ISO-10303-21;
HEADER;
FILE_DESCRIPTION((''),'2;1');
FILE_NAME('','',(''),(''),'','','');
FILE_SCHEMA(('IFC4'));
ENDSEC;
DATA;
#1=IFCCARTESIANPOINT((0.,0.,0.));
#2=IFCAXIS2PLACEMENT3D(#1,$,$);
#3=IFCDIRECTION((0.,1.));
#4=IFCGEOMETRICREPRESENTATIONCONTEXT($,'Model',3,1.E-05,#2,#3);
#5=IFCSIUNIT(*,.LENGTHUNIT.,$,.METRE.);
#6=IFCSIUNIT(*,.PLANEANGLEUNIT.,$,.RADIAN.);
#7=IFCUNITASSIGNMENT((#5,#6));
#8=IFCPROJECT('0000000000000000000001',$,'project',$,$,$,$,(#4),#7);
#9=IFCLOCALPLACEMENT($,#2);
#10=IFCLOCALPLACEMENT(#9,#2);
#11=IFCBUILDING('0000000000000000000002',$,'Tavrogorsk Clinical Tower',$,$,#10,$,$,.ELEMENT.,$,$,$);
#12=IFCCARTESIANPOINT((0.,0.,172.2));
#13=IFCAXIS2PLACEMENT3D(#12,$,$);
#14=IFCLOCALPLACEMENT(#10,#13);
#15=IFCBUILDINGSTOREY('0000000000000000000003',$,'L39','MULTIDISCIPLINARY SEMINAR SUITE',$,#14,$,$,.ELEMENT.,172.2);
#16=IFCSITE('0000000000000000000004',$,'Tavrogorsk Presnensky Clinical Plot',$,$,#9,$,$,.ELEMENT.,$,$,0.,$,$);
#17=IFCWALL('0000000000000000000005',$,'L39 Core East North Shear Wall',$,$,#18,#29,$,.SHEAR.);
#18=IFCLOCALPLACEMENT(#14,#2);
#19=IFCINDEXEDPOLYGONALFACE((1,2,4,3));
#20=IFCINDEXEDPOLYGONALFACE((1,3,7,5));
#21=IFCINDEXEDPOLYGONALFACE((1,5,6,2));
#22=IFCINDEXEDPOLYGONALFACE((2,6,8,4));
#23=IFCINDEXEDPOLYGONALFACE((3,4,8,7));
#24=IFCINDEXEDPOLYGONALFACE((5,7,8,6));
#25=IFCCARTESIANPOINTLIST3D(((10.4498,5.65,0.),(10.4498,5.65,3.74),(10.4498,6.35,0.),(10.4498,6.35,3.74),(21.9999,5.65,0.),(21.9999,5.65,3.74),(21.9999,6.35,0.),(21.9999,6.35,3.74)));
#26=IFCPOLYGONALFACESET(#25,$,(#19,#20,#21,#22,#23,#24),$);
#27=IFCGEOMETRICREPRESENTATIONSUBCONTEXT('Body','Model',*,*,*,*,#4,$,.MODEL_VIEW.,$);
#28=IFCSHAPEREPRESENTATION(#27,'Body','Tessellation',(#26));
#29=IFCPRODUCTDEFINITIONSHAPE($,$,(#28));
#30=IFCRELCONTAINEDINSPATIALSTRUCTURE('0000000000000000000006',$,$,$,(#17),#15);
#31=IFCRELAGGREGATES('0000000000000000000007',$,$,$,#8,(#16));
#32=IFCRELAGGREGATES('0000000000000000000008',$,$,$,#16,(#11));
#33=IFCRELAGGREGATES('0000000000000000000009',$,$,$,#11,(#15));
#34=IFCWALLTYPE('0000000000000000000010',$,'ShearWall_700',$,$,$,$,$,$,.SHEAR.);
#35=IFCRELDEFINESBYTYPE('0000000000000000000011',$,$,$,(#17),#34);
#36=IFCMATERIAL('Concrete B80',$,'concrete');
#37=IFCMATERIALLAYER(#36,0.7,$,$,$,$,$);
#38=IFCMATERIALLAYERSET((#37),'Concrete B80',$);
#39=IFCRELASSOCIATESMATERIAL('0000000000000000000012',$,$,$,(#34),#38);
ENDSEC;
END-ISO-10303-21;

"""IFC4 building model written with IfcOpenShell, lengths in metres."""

from ifc_helpers import new_model, si_unit, direction, frame, frame_2d, origin, place, context, subcontext, project, spatial, rectangle, extrude, material, layer, layer_set, type_object, element, save


model = new_model("IFC4")

# Units and contexts
model_context = context("Model", 3, precision=1e-05, world=origin(), true_north=direction((0.0, 1.0)))
body_context = subcontext(model_context, "Body", "Model", "MODEL_VIEW")
ifc_project = project(units=[si_unit("LENGTHUNIT", "METRE"), si_unit("PLANEANGLEUNIT", "RADIAN")], contexts=[model_context])

# Site, building, storey
site_placement = place(None, origin())
site = spatial("IfcSite", under=ifc_project, at=site_placement, Name="Tavrogorsk Presnensky Clinical Plot", CompositionType="ELEMENT", RefElevation=0.0)
building_placement = place(site_placement, origin())
building = spatial("IfcBuilding", under=site, at=building_placement, Name="Tavrogorsk Clinical Tower", CompositionType="ELEMENT")
storey_placement = place(building_placement, frame((0.0, 0.0, 172.2)))
storey = spatial("IfcBuildingStorey", under=building, at=storey_placement, Name="L39", Description="MULTIDISCIPLINARY SEMINAR SUITE", CompositionType="ELEMENT", Elevation=172.2)

# Wall
ifc_material_1 = material(Name="Concrete B80", Category="concrete")
ifc_layer_1 = layer(ifc_material_1, 0.7)
ifc_layer_set_1 = layer_set([ifc_layer_1], Name="Concrete B80")
wall_type_1 = type_object("IfcWallType", Name="ShearWall_700", PredefinedType="SHEAR", material=ifc_layer_set_1)
wall_1_placement = place(storey_placement, frame((10.45, 6.0, 0.0), z_axis=(0.0, 0.0, 1.0), x_axis=(1.0, 0.0, 0.0)))
element("IfcWall", 1, at=wall_1_placement, inside=storey, type_object=wall_type_1, Name="L39 Core East North Shear Wall", PredefinedType="SHEAR", context=body_context, shape_type="SweptSolid", body=[
    extrude(rectangle(XDim=11.55, YDim=0.7, at=frame_2d((5.7749, 0.0))), origin(), (0.0, 0.0, 1.0), 3.74),
])

save(model, "model.ifc")
